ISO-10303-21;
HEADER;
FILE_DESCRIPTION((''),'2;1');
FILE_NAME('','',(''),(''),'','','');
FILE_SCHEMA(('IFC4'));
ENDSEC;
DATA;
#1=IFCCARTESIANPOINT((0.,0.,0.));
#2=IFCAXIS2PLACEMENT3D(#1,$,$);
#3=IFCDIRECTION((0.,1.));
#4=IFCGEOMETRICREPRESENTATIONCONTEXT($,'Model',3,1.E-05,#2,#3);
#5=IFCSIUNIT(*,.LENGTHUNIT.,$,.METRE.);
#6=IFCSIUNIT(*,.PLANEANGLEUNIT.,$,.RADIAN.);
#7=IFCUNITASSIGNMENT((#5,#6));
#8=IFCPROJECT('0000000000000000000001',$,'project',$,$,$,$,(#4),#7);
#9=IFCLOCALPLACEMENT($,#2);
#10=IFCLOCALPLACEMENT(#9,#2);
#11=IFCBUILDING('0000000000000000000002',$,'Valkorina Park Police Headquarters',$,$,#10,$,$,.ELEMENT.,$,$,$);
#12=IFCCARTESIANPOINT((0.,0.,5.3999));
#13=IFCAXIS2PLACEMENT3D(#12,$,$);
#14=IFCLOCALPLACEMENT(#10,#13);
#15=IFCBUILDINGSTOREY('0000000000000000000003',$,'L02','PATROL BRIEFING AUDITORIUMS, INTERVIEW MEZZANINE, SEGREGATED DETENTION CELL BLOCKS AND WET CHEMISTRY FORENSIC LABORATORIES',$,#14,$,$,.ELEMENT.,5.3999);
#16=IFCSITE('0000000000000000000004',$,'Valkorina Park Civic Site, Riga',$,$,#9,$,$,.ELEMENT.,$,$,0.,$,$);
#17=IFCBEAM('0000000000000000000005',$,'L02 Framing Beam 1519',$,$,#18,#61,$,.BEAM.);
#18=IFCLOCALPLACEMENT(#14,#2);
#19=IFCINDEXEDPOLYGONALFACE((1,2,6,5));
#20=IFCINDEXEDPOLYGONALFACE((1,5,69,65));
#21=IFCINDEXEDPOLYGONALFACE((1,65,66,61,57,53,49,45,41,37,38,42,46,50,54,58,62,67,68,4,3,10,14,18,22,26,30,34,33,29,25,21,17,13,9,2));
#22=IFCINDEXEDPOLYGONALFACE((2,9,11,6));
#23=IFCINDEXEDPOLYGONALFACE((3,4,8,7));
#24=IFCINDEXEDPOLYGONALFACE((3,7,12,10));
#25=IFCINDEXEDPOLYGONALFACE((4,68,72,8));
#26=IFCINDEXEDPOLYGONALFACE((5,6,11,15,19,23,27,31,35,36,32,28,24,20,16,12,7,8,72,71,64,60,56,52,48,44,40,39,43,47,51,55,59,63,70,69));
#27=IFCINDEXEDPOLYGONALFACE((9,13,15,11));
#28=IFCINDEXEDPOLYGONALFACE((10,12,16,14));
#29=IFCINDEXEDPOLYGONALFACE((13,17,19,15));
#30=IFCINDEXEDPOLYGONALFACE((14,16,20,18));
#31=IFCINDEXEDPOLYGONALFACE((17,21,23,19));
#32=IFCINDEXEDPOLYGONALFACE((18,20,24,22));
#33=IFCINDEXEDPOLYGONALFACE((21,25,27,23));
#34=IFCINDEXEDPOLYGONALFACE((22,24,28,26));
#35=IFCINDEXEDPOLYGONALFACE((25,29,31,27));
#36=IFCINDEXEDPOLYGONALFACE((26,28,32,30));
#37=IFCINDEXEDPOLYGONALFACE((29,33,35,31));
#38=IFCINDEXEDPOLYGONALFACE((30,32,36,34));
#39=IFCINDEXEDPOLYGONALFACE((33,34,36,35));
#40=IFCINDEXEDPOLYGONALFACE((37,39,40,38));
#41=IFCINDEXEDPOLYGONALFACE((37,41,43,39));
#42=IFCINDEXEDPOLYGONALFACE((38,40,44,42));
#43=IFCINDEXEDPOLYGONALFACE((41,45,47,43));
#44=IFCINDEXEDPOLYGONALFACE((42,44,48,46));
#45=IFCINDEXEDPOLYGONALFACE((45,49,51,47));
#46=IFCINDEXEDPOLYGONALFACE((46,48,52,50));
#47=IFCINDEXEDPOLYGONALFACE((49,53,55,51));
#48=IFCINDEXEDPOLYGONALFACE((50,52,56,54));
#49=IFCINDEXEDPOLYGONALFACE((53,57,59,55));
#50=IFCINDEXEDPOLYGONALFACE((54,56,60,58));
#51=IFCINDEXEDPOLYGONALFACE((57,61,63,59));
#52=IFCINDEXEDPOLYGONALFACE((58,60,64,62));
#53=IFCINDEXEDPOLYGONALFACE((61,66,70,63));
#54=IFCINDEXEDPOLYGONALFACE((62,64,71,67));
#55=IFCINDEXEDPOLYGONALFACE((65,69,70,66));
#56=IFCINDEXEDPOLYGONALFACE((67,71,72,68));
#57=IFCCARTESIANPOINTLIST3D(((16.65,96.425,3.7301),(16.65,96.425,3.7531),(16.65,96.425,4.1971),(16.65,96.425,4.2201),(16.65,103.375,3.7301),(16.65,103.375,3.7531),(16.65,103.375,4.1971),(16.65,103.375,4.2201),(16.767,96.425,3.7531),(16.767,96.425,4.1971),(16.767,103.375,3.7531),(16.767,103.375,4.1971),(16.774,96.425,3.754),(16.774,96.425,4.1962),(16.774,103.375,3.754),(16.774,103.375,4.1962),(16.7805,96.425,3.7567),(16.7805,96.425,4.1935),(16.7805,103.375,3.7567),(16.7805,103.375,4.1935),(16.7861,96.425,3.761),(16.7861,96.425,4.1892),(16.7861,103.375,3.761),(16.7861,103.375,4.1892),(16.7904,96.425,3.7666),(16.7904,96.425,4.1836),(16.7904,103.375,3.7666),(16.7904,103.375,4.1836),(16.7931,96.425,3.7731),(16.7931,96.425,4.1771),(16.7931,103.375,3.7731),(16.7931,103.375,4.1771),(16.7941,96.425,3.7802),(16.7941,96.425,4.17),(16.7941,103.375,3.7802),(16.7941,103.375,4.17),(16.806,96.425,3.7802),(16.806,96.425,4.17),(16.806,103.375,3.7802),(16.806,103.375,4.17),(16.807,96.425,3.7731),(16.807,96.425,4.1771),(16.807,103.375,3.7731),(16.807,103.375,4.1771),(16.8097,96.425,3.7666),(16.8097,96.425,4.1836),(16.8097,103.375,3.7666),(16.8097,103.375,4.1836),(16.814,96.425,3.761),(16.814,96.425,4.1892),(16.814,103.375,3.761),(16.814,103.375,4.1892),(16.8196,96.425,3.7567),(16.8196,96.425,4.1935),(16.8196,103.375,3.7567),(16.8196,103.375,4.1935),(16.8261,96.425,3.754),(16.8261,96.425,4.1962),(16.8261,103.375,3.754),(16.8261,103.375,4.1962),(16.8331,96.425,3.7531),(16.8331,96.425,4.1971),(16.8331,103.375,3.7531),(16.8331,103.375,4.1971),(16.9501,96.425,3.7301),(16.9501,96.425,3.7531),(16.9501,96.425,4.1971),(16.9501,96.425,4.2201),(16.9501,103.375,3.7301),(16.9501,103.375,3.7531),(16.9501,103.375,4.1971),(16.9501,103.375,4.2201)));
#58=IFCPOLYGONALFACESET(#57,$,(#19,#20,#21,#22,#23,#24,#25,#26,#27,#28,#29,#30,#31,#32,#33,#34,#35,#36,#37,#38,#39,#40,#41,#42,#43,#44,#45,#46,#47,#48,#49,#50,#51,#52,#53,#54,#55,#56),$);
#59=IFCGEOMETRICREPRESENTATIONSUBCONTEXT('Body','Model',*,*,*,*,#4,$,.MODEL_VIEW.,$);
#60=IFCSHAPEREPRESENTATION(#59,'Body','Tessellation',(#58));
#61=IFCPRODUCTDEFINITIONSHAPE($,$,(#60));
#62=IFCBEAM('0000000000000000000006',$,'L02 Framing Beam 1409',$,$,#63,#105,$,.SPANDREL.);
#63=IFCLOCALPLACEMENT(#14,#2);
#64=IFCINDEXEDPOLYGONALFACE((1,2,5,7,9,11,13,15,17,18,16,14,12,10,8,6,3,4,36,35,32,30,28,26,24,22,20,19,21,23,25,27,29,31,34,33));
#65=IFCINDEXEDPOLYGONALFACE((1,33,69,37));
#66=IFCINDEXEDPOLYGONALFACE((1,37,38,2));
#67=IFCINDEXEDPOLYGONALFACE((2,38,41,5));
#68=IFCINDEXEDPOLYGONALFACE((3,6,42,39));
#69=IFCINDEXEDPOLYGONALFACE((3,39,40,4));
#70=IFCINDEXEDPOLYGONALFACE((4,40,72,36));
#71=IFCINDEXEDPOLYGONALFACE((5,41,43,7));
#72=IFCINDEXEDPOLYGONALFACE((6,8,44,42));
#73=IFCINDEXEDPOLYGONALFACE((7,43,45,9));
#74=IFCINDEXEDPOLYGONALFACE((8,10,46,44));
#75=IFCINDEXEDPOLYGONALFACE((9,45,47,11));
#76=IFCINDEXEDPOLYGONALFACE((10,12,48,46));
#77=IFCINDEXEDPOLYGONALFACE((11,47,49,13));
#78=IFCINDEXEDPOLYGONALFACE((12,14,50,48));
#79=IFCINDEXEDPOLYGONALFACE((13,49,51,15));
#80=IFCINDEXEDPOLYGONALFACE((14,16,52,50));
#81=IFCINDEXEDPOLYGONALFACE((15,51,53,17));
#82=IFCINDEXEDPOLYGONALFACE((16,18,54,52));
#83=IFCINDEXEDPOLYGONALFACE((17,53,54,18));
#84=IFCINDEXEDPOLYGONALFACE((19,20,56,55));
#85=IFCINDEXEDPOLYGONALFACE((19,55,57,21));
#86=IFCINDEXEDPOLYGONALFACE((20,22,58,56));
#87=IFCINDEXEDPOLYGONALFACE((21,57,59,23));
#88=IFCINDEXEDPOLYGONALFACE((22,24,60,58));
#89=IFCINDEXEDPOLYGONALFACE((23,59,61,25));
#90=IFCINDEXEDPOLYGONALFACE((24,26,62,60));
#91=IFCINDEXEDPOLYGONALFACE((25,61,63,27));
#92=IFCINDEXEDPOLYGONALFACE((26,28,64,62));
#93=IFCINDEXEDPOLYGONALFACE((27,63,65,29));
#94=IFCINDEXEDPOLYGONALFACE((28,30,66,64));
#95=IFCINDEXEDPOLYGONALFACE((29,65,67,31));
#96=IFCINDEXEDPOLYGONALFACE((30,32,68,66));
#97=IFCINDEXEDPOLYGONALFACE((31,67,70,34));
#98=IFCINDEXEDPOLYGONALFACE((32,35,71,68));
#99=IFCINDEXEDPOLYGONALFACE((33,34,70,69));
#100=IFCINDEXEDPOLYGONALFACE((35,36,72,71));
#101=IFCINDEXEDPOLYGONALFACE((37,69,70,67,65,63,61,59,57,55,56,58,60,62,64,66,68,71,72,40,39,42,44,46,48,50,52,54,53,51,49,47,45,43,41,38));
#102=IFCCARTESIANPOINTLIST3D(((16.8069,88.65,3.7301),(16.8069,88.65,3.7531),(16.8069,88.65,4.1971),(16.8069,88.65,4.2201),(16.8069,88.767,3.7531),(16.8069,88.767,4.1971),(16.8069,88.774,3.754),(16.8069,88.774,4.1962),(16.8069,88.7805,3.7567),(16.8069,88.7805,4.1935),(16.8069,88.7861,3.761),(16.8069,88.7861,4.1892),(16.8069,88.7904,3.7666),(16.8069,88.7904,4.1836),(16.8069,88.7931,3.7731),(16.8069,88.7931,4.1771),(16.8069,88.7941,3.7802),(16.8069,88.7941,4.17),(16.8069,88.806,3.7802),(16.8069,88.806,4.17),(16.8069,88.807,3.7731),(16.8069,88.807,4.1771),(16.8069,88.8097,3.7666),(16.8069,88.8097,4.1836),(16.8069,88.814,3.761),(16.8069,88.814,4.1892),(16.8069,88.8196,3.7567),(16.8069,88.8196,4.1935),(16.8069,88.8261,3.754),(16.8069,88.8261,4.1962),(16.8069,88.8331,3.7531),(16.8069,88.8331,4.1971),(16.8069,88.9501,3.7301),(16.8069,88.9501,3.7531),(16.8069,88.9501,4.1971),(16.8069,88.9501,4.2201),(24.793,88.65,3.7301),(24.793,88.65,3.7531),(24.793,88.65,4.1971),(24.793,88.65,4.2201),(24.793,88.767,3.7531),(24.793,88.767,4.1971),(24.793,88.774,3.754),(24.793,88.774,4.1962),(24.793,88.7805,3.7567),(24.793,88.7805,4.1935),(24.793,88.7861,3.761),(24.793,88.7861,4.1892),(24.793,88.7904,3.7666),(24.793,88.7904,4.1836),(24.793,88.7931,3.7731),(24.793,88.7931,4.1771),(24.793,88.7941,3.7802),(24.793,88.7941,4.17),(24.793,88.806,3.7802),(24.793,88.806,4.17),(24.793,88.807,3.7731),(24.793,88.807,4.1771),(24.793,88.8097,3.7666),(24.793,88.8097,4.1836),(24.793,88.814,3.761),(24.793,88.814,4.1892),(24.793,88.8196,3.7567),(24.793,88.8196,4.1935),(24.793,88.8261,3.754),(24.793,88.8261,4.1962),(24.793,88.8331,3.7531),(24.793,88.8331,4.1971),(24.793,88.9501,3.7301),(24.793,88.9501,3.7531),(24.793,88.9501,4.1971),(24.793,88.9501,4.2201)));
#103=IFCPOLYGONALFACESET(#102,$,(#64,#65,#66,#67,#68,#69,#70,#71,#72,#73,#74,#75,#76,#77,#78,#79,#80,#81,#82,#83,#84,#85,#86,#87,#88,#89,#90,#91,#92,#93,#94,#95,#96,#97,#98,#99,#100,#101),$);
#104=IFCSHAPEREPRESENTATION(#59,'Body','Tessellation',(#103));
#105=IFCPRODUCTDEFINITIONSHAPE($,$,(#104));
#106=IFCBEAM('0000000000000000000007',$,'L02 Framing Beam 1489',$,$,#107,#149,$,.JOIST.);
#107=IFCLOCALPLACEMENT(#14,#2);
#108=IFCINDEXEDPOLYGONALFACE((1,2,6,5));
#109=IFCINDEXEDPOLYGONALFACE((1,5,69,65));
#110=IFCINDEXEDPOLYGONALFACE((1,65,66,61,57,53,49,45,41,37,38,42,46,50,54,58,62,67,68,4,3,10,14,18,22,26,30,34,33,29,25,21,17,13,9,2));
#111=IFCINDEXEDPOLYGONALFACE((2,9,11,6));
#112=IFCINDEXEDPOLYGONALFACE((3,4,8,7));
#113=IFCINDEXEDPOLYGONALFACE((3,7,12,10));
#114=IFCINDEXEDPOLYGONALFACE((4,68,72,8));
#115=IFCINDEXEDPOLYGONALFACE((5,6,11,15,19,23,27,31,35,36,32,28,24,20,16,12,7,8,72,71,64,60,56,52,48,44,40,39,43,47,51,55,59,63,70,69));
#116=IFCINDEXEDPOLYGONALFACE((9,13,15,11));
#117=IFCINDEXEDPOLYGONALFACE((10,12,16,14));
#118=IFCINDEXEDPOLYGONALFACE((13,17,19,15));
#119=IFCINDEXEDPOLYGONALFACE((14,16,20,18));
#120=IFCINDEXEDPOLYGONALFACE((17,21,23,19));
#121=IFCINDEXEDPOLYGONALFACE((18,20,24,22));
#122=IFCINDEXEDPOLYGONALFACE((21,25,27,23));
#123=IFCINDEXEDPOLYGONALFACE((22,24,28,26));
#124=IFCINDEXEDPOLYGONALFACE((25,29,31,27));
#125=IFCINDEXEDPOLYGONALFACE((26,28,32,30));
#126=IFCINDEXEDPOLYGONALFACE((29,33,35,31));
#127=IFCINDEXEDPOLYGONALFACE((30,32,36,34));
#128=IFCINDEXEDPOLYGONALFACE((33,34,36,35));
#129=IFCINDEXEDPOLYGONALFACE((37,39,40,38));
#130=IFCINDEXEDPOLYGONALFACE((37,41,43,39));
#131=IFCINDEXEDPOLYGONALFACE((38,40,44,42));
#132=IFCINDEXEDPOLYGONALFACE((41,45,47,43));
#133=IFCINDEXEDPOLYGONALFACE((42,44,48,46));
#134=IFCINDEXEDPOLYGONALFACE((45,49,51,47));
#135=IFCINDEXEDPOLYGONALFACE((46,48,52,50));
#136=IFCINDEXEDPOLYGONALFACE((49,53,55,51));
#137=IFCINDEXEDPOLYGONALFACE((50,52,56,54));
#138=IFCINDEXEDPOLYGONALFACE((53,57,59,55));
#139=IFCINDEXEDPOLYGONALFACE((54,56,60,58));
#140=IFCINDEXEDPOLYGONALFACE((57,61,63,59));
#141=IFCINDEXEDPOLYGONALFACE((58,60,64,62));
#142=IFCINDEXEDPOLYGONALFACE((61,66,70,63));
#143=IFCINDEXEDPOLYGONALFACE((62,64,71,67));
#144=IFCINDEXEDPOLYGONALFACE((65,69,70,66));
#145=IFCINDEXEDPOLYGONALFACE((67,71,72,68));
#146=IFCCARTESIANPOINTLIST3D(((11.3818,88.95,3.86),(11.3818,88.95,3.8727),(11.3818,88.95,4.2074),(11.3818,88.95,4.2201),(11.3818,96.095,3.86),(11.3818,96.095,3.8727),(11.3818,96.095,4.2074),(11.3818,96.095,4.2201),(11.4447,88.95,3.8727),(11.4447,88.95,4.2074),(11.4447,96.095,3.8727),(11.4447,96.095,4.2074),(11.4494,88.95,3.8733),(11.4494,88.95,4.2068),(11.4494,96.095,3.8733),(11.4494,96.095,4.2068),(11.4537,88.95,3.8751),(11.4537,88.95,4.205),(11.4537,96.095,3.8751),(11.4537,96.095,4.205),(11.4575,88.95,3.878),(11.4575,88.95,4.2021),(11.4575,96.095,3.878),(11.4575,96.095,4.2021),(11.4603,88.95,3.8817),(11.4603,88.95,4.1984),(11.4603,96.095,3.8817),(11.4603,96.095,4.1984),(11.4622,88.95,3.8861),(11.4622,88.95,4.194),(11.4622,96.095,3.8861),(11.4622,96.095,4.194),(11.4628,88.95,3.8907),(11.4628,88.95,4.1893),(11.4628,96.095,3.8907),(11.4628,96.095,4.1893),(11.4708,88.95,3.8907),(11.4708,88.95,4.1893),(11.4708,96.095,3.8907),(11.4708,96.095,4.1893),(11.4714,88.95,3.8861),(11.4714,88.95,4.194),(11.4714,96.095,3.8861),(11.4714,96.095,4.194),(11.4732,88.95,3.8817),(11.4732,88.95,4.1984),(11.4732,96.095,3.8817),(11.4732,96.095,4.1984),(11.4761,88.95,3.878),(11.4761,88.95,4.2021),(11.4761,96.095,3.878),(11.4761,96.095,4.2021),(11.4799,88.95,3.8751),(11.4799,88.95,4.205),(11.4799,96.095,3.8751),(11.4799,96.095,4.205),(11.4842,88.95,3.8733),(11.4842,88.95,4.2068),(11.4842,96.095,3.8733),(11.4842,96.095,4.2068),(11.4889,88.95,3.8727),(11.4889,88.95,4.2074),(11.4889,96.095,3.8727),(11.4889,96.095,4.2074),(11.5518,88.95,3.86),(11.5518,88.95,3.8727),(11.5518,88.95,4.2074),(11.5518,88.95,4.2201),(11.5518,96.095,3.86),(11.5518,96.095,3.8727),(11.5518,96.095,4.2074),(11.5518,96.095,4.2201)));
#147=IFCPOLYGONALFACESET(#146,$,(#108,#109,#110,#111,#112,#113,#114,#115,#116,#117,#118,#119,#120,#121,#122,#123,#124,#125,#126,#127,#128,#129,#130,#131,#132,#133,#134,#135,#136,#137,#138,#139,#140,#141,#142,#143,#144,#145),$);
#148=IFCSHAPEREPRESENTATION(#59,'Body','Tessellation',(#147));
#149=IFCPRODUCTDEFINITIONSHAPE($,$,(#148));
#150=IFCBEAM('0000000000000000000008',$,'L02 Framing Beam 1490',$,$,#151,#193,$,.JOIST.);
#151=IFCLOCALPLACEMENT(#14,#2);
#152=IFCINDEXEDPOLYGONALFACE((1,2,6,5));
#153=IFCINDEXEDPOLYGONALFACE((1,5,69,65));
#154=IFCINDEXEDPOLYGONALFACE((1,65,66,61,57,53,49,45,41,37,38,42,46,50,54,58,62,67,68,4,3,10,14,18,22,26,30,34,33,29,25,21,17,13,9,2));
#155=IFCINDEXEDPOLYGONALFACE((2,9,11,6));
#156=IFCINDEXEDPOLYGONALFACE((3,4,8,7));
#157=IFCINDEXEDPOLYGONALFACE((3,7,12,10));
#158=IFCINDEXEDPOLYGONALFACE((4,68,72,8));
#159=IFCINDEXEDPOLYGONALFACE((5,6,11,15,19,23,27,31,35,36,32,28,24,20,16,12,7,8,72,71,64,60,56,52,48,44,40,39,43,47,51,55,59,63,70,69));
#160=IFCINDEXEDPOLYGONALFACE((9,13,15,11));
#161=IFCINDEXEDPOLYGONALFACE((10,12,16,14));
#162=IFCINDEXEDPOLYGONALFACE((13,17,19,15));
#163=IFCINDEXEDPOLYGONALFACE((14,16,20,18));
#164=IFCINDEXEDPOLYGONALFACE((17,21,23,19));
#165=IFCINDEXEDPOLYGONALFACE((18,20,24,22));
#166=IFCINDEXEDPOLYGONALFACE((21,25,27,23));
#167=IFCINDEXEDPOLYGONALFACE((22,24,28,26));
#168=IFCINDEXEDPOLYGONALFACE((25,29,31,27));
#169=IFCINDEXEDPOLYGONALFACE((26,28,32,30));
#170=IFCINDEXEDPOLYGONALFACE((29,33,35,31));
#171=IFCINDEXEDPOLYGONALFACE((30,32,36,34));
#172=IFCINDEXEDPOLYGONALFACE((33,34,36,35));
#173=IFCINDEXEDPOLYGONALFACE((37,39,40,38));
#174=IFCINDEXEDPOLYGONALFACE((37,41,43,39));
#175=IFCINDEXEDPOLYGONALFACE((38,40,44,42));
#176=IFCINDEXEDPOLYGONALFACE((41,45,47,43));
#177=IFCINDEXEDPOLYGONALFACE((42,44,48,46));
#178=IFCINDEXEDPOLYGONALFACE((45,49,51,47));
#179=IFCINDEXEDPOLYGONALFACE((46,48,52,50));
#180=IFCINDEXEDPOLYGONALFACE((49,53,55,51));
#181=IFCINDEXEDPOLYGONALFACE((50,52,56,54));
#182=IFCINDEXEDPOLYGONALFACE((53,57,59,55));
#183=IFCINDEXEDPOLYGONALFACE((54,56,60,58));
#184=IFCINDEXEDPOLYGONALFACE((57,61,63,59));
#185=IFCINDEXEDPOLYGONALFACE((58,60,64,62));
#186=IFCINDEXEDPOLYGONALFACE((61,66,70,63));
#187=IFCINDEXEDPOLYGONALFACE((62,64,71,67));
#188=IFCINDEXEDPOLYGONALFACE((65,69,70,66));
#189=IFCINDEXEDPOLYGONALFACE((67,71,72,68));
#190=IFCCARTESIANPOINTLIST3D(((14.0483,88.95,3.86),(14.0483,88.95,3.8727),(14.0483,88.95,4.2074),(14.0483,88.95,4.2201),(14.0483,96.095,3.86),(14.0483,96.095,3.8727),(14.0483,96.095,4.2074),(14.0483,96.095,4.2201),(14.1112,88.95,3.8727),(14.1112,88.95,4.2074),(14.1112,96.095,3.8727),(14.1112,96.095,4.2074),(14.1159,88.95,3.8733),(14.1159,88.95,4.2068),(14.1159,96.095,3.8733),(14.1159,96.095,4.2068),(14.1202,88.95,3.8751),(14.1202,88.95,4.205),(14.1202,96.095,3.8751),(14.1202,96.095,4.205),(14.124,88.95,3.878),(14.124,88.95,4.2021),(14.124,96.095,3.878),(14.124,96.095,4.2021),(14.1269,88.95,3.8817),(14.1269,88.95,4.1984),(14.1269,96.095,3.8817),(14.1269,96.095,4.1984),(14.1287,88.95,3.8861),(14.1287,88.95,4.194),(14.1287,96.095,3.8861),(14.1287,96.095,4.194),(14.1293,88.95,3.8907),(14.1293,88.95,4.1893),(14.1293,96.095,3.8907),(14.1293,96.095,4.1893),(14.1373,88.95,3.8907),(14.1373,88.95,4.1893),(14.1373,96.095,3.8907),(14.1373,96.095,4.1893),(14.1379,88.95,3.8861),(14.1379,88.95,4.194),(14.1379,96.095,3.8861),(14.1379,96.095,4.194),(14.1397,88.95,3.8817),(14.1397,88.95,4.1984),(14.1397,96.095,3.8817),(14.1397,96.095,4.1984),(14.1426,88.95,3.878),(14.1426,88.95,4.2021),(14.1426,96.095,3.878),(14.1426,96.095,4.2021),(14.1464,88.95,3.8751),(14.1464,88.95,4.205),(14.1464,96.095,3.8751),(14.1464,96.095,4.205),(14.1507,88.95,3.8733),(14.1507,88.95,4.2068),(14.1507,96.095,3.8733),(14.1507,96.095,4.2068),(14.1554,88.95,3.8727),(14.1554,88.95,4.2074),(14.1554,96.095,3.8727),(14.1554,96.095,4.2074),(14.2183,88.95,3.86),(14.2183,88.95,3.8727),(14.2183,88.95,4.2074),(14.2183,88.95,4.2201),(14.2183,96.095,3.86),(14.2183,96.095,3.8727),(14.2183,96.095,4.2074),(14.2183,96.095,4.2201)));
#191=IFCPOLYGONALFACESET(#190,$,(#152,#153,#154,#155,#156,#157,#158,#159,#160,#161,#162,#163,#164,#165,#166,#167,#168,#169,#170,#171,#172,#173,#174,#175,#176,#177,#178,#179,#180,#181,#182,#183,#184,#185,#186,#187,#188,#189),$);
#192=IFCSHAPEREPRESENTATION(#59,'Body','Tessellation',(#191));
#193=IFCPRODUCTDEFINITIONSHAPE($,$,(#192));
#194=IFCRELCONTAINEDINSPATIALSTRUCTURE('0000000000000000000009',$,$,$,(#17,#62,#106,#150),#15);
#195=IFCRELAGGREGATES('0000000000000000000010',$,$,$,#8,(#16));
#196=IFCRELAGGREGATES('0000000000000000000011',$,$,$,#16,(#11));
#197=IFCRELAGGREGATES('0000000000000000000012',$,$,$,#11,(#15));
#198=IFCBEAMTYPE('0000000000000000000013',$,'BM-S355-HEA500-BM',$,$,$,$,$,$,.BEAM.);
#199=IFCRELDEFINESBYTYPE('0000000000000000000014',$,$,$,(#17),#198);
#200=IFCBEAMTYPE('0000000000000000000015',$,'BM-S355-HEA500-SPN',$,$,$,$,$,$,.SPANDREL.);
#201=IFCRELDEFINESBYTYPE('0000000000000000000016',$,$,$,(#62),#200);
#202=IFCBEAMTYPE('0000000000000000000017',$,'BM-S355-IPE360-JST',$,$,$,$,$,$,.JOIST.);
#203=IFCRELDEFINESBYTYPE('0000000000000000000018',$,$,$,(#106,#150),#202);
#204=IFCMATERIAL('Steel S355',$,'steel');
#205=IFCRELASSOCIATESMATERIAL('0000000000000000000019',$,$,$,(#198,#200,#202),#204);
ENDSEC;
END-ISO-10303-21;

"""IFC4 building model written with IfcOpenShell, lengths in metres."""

from ifc_helpers import new_model, si_unit, direction, frame, origin, origin_2d, place, context, subcontext, project, spatial, i_section, extrude, material, material_profile, profile_set, type_object, element, save


model = new_model("IFC4")

# Units and contexts
model_context = context("Model", 3, precision=1e-05, world=origin(), true_north=direction((0.0, 1.0)))
body_context = subcontext(model_context, "Body", "Model", "MODEL_VIEW")
ifc_project = project(units=[si_unit("LENGTHUNIT", "METRE"), si_unit("PLANEANGLEUNIT", "RADIAN")], contexts=[model_context])

# Site, building, storey
site_placement = place(None, origin())
site = spatial("IfcSite", under=ifc_project, at=site_placement, Name="Valkorina Park Civic Site, Riga", CompositionType="ELEMENT", RefElevation=0.0)
building_placement = place(site_placement, origin())
building = spatial("IfcBuilding", under=site, at=building_placement, Name="Valkorina Park Police Headquarters", CompositionType="ELEMENT")
storey_placement = place(building_placement, frame((0.0, 0.0, 5.3999)))
storey = spatial("IfcBuildingStorey", under=building, at=storey_placement, Name="L02", Description="PATROL BRIEFING AUDITORIUMS, INTERVIEW MEZZANINE, SEGREGATED DETENTION CELL BLOCKS AND WET CHEMISTRY FORENSIC LABORATORIES", CompositionType="ELEMENT", Elevation=5.3999)

# Shared definitions
ifc_material_1 = material(Name="Steel S355", Category="steel")

# Beams
ifc_material_profile_1 = material_profile(ifc_material_1, i_section(OverallWidth=0.3, OverallDepth=0.49, WebThickness=0.012, FlangeThickness=0.0229, FilletRadius=0.0271, at=origin_2d()), Name="HEA 500")
ifc_profile_set_1 = profile_set([ifc_material_profile_1], Name="Steel S355")
beam_type_1 = type_object("IfcBeamType", Name="BM-S355-HEA500-BM", PredefinedType="BEAM", material=ifc_profile_set_1)
beam_1_placement = place(storey_placement, frame((16.8, 96.425, 3.9751), z_axis=(0.0, 1.0, 0.0), x_axis=(-1.0, 0.0, 0.0)))
element("IfcBeam", 1, at=beam_1_placement, inside=storey, type_object=beam_type_1, Name="L02 Framing Beam 1519", PredefinedType="BEAM", context=body_context, shape_type="SweptSolid", body=[
    extrude(i_section(OverallWidth=0.3, OverallDepth=0.49, WebThickness=0.012, FlangeThickness=0.0229, FilletRadius=0.0271, at=origin_2d()), origin(), (0.0, 0.0, 1.0), 6.95),
])
ifc_material_profile_2 = material_profile(ifc_material_1, i_section(OverallWidth=0.3, OverallDepth=0.49, WebThickness=0.012, FlangeThickness=0.0229, FilletRadius=0.0271, at=origin_2d()), Name="HEA 500")
ifc_profile_set_2 = profile_set([ifc_material_profile_2], Name="Steel S355")
beam_type_2 = type_object("IfcBeamType", Name="BM-S355-HEA500-SPN", PredefinedType="SPANDREL", material=ifc_profile_set_2)
beam_2_placement = place(storey_placement, frame((16.8069, 88.8, 3.9751), z_axis=(1.0, 0.0, 0.0), x_axis=(0.0, 1.0, 0.0)))
element("IfcBeam", 2, at=beam_2_placement, inside=storey, type_object=beam_type_2, Name="L02 Framing Beam 1409", PredefinedType="SPANDREL", context=body_context, shape_type="SweptSolid", body=[
    extrude(i_section(OverallWidth=0.3, OverallDepth=0.49, WebThickness=0.012, FlangeThickness=0.0229, FilletRadius=0.0271, at=origin_2d()), origin(), (0.0, 0.0, 1.0), 7.9861),
])
ifc_material_profile_3 = material_profile(ifc_material_1, i_section(OverallWidth=0.1699, OverallDepth=0.3601, WebThickness=0.0081, FlangeThickness=0.0127, FilletRadius=0.0181, at=origin_2d()), Name="IPE 360")
ifc_profile_set_3 = profile_set([ifc_material_profile_3], Name="Steel S355")
beam_type_3 = type_object("IfcBeamType", Name="BM-S355-IPE360-JST", PredefinedType="JOIST", material=ifc_profile_set_3)
for number, where, z_axis, x_axis, name in (
    (3, (11.4668, 88.95, 4.04), (0.0, 1.0, 0.0), (-1.0, 0.0, 0.0), "L02 Framing Beam 1489"),
    (4, (14.1333, 88.95, 4.04), (0.0, 1.0, 0.0), (-1.0, 0.0, 0.0), "L02 Framing Beam 1490"),
):
    element("IfcBeam", number, at=place(storey_placement, frame(where, z_axis=z_axis, x_axis=x_axis)), inside=storey, type_object=beam_type_3, Name=name, PredefinedType="JOIST", context=body_context, shape_type="SweptSolid", body=[
        extrude(i_section(OverallWidth=0.1699, OverallDepth=0.3601, WebThickness=0.0081, FlangeThickness=0.0127, FilletRadius=0.0181, at=origin_2d()), origin(), (0.0, 0.0, 1.0), 7.145),
    ])

save(model, "model.ifc")
